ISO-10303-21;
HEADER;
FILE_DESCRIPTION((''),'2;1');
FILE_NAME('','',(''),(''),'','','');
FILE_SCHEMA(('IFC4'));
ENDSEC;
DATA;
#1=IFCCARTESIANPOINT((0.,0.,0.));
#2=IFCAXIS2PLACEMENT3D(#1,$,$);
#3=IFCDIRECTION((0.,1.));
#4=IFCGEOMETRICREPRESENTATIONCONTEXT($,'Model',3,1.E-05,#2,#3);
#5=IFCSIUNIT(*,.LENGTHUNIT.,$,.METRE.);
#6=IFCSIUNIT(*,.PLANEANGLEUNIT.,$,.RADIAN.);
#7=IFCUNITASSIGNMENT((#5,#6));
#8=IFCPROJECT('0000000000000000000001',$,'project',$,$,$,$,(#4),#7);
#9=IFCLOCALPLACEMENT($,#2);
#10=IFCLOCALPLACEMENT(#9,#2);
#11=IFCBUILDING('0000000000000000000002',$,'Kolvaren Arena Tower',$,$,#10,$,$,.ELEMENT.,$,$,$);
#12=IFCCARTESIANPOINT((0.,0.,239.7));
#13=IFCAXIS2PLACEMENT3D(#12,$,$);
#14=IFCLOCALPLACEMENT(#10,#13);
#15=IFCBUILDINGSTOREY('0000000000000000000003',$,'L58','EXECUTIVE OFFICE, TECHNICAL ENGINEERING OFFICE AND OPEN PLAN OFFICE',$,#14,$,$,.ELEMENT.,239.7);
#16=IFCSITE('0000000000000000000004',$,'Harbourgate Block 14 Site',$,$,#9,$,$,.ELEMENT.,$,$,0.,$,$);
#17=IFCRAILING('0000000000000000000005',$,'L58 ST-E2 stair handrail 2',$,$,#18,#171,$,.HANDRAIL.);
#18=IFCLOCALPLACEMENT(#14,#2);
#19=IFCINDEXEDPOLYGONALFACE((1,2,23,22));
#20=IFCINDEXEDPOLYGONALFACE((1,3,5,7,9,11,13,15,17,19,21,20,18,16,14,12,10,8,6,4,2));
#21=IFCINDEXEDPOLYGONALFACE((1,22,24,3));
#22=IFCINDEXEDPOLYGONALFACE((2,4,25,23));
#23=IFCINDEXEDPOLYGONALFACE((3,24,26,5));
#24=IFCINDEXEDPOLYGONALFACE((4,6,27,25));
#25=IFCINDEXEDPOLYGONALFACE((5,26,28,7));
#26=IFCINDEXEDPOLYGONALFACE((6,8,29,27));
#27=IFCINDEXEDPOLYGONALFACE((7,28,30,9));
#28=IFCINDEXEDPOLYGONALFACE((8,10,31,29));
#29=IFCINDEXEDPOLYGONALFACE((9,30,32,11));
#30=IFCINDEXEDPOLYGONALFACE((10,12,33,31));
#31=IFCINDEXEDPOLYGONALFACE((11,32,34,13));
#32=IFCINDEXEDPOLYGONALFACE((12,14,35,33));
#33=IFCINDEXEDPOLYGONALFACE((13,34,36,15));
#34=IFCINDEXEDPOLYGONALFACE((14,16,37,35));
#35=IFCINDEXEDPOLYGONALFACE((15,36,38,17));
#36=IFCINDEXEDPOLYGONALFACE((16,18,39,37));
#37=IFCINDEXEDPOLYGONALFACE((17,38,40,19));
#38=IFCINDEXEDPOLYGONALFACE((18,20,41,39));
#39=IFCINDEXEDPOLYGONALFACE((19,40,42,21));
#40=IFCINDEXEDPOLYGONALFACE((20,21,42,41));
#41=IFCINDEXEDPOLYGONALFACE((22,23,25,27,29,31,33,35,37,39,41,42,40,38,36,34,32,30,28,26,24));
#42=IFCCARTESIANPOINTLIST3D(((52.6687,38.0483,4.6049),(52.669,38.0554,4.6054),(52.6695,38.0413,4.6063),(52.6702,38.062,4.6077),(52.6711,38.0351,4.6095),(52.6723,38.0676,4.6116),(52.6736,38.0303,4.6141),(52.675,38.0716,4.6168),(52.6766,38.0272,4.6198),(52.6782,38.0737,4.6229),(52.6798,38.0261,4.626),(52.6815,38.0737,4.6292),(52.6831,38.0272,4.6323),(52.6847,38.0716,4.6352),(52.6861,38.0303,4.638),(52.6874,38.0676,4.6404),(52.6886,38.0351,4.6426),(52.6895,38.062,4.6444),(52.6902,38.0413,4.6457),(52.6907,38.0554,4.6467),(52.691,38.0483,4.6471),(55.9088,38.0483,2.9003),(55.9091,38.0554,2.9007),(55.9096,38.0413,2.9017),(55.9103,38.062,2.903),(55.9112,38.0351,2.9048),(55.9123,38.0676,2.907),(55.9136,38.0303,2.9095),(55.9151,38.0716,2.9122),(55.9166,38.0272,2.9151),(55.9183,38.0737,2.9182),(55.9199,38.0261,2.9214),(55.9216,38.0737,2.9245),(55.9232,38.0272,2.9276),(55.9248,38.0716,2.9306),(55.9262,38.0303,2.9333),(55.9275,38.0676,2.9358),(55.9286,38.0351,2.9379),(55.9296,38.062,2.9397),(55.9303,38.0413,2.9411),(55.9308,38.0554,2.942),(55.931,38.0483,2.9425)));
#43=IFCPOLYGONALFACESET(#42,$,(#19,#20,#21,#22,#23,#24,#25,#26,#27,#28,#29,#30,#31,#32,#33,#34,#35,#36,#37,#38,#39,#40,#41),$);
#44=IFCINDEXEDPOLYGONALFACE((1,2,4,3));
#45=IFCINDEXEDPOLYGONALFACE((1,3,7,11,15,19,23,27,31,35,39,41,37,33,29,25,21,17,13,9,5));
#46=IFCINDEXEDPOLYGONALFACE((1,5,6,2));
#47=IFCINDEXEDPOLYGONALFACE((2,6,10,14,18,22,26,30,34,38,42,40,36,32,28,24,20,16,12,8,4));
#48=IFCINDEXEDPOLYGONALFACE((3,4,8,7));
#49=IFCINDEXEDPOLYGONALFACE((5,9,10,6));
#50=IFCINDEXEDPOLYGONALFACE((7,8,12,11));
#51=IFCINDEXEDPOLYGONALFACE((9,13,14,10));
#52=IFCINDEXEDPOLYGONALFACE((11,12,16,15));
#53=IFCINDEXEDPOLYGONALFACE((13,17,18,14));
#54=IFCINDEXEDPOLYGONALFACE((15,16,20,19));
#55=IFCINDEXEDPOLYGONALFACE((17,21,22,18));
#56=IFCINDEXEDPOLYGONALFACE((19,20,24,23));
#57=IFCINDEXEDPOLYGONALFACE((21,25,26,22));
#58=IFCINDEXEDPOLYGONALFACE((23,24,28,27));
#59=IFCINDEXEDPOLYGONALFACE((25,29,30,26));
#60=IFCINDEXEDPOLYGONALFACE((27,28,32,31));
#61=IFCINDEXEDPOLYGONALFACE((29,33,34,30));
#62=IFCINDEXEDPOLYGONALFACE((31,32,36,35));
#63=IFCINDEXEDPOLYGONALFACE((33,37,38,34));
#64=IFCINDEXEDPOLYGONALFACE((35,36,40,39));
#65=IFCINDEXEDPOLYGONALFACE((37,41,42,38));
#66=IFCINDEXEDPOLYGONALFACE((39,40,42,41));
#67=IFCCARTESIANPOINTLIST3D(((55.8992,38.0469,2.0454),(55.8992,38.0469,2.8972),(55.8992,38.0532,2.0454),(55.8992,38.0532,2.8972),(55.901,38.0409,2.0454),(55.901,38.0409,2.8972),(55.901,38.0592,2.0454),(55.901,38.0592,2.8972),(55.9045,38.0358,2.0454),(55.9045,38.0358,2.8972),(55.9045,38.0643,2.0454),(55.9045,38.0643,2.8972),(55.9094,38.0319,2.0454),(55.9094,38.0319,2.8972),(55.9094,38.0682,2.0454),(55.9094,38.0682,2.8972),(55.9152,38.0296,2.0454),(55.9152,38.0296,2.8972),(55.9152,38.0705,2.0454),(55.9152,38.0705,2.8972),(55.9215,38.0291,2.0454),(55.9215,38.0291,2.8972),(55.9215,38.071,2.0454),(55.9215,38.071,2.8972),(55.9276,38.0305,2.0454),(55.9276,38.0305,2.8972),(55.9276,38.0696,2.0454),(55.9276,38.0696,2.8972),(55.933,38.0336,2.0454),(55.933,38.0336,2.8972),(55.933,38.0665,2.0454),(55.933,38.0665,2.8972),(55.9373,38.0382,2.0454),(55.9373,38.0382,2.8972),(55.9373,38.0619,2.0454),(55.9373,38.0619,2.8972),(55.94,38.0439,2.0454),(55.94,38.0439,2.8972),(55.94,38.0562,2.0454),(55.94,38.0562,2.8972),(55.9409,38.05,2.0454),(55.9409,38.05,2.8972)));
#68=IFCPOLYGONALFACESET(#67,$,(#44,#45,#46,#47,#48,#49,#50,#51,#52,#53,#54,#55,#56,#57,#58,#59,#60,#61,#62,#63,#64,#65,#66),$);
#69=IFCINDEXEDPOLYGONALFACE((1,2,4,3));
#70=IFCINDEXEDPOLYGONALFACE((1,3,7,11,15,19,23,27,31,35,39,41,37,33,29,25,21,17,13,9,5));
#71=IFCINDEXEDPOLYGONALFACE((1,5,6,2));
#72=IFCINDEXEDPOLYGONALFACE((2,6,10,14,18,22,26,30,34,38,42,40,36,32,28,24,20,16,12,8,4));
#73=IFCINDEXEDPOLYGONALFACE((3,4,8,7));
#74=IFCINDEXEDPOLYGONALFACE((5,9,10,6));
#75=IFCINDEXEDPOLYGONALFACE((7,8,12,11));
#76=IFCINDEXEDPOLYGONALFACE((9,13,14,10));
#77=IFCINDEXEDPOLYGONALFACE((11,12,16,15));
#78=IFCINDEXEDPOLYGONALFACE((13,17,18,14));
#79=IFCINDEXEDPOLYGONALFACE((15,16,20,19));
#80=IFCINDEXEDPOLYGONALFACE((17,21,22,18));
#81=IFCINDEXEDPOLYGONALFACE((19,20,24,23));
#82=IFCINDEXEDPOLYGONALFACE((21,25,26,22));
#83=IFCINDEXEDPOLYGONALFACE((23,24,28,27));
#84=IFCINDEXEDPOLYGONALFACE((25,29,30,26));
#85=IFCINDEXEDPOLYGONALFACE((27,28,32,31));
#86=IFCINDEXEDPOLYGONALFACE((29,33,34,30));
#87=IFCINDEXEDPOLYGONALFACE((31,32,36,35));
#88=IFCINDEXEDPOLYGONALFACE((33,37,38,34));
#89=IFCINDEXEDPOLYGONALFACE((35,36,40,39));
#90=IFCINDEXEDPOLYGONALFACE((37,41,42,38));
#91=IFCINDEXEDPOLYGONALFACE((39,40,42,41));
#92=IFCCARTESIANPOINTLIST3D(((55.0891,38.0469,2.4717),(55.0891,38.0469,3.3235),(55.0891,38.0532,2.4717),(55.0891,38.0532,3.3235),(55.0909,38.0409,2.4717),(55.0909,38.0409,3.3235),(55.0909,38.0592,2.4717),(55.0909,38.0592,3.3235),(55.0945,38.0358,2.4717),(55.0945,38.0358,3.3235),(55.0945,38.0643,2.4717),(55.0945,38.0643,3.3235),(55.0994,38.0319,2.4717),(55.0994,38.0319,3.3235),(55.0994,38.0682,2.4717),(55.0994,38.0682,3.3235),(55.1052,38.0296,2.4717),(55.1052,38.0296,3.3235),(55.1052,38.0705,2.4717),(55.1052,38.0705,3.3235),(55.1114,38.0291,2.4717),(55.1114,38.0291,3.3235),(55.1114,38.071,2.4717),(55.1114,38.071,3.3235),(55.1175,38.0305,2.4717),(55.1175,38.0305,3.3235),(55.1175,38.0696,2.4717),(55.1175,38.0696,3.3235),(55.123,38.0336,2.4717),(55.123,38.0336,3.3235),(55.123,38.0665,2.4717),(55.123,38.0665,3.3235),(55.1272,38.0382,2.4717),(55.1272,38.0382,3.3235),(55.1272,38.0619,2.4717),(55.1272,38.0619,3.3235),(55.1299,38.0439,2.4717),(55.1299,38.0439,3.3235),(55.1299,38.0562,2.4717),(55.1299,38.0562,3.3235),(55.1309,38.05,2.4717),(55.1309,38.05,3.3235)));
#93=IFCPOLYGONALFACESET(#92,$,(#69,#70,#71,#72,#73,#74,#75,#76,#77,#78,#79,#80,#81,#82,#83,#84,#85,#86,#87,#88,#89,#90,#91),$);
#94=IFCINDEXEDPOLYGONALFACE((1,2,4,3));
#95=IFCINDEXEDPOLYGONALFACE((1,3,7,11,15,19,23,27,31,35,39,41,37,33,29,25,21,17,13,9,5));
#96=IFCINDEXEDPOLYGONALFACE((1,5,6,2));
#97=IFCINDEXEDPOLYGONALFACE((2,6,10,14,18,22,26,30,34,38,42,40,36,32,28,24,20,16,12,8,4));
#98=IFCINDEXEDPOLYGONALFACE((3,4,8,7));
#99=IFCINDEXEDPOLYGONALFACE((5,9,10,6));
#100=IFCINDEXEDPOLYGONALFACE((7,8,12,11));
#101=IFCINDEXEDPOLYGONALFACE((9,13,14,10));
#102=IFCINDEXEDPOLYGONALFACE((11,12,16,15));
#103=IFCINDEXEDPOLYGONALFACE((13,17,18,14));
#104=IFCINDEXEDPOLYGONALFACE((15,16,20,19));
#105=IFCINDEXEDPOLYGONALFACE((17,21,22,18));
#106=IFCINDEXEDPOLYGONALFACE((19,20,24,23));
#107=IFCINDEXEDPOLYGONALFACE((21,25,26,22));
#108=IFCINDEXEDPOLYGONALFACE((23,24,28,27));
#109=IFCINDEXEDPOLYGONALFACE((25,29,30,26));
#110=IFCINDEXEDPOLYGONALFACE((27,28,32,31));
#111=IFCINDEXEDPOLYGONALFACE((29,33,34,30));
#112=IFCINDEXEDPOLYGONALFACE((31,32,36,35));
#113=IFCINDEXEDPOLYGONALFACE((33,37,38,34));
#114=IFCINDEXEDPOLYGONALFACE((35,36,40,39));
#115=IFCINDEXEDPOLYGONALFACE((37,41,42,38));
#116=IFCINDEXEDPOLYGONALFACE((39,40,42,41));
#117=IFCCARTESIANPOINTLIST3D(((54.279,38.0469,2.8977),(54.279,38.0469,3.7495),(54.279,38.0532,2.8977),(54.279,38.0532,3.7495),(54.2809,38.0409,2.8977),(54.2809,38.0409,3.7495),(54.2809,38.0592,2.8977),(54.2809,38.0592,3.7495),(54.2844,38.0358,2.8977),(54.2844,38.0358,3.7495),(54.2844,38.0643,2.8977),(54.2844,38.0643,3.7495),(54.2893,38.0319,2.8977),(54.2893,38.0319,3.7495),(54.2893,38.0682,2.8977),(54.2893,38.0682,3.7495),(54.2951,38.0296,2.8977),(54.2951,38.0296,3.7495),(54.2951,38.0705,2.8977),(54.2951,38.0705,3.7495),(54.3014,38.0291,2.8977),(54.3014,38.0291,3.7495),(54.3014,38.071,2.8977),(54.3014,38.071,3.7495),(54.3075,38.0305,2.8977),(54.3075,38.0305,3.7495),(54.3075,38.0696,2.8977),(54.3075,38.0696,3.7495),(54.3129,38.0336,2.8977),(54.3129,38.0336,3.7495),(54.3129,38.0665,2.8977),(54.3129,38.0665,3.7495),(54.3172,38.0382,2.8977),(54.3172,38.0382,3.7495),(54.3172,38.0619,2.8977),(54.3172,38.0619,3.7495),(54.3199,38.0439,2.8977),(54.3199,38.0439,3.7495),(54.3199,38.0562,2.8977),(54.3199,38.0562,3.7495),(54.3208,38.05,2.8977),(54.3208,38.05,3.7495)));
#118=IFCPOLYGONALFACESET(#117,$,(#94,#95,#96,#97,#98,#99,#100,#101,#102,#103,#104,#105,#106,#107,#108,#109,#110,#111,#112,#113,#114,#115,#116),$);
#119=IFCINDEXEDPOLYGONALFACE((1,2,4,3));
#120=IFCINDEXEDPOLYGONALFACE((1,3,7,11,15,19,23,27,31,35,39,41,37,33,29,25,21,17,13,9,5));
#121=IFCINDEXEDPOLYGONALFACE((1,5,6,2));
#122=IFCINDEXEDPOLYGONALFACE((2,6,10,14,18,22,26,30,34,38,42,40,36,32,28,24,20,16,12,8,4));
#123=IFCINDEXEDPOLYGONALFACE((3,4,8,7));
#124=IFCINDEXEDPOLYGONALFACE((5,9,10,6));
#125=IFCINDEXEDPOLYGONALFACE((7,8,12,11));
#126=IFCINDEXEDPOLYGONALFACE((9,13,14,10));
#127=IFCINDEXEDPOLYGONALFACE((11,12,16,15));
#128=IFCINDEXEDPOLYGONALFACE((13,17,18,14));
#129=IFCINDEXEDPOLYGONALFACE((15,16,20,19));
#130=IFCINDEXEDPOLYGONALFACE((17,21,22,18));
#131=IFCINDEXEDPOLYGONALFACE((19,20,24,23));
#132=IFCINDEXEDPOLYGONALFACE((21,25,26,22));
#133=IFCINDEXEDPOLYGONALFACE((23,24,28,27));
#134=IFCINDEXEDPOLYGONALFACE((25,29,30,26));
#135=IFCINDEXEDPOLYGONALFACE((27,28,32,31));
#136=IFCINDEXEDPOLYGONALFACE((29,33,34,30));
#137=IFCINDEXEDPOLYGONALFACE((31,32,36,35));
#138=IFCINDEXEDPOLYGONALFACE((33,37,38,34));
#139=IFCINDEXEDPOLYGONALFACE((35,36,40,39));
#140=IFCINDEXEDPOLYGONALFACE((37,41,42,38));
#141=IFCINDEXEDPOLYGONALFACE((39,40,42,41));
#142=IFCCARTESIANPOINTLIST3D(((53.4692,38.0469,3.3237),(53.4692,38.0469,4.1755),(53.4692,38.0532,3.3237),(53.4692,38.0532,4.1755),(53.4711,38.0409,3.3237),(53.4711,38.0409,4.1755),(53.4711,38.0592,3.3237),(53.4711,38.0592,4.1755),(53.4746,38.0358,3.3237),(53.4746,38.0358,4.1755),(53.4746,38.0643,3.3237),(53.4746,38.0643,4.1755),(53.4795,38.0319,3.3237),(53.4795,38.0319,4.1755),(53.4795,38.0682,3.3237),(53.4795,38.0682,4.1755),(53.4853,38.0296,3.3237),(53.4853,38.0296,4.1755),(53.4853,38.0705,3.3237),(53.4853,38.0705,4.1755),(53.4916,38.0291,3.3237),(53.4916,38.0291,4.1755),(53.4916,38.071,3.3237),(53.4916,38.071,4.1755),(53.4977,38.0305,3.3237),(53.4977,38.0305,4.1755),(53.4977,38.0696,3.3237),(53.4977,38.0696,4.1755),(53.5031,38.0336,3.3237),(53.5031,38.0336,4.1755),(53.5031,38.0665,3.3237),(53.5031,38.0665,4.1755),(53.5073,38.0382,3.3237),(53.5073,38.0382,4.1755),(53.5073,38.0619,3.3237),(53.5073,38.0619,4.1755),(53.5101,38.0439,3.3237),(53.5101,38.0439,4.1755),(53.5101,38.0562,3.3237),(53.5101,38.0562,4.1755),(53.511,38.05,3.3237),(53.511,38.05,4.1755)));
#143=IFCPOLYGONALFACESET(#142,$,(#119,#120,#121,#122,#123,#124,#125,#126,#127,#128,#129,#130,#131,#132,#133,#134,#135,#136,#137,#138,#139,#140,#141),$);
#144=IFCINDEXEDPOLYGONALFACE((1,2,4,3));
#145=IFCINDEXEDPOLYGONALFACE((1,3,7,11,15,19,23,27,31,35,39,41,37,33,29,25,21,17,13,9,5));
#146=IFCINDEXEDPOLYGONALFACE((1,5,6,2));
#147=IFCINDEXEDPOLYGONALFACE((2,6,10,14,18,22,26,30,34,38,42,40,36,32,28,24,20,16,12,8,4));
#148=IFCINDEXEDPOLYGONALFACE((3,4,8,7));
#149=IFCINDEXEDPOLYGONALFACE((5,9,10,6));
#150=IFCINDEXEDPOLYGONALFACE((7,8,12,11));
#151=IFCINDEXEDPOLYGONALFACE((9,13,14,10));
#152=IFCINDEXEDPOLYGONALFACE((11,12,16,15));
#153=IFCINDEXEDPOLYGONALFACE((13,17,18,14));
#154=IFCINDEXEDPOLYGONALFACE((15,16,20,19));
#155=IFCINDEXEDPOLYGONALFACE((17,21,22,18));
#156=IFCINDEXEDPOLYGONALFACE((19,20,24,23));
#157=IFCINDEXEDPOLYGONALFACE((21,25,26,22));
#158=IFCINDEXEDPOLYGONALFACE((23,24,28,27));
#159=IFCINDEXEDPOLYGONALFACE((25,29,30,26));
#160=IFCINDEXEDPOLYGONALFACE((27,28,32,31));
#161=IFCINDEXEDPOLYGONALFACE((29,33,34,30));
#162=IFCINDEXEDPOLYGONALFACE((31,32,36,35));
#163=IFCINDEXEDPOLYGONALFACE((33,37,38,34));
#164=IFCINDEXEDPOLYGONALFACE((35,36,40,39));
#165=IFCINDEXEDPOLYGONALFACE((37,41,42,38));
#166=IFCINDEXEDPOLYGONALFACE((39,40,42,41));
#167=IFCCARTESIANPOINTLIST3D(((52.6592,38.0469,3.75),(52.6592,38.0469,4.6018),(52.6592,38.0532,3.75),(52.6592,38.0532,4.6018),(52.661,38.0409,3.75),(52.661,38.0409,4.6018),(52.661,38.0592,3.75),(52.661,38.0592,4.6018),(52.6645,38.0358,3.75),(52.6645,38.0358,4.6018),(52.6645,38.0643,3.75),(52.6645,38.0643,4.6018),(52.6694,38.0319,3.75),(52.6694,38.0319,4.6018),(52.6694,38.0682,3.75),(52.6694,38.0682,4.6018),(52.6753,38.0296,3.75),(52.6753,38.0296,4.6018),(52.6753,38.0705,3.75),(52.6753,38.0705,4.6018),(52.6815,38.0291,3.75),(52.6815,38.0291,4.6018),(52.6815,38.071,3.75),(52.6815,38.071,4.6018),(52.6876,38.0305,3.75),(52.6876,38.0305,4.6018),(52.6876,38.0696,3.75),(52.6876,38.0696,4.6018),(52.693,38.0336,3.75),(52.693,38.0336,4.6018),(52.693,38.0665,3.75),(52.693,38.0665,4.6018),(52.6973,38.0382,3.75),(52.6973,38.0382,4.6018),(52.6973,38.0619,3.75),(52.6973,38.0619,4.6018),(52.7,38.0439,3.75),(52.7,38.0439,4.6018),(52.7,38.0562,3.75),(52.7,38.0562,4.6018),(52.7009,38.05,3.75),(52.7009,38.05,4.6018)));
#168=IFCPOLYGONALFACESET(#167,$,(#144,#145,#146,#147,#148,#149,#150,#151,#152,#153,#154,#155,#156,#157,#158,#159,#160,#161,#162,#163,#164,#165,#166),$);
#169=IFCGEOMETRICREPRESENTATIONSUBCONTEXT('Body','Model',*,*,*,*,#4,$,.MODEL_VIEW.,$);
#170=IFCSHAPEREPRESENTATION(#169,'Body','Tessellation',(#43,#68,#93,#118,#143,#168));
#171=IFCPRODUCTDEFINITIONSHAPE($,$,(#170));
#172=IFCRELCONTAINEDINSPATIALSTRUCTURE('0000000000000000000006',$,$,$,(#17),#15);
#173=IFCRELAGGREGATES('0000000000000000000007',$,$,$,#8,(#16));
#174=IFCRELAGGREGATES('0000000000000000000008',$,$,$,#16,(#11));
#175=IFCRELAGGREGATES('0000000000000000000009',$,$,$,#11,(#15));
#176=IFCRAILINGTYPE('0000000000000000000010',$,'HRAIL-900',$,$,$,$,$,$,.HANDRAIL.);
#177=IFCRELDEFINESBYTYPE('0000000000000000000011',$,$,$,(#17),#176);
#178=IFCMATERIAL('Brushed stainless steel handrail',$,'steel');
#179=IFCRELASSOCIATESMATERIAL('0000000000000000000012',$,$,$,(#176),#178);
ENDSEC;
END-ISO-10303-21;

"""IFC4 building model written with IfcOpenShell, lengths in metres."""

from ifc_helpers import new_model, si_unit, direction, frame, origin, origin_2d, place, context, subcontext, project, spatial, circle, extrude, material, type_object, element, save


model = new_model("IFC4")

# Units and contexts
model_context = context("Model", 3, precision=1e-05, world=origin(), true_north=direction((0.0, 1.0)))
body_context = subcontext(model_context, "Body", "Model", "MODEL_VIEW")
ifc_project = project(units=[si_unit("LENGTHUNIT", "METRE"), si_unit("PLANEANGLEUNIT", "RADIAN")], contexts=[model_context])

# Site, building, storey
site_placement = place(None, origin())
site = spatial("IfcSite", under=ifc_project, at=site_placement, Name="Harbourgate Block 14 Site", CompositionType="ELEMENT", RefElevation=0.0)
building_placement = place(site_placement, origin())
building = spatial("IfcBuilding", under=site, at=building_placement, Name="Kolvaren Arena Tower", CompositionType="ELEMENT")
storey_placement = place(building_placement, frame((0.0, 0.0, 239.7)))
storey = spatial("IfcBuildingStorey", under=building, at=storey_placement, Name="L58", Description="EXECUTIVE OFFICE, TECHNICAL ENGINEERING OFFICE AND OPEN PLAN OFFICE", CompositionType="ELEMENT", Elevation=239.7)

# Railing
ifc_material_1 = material(Name="Brushed stainless steel handrail", Category="steel")
railing_type_1 = type_object("IfcRailingType", Name="HRAIL-900", PredefinedType="HANDRAIL", material=ifc_material_1)
for number, where, name in (
    (1, (55.9199, 38.05, 2.0454), "L58 ST-E2 stair handrail 2"),
):
    element("IfcRailing", number, at=place(storey_placement, frame(where)), inside=storey, type_object=railing_type_1, Name=name, PredefinedType="HANDRAIL", context=body_context, shape_type="SweptSolid", body=[
        extrude(circle(Radius=0.0239, at=origin_2d()), frame((0.0, 0.0, 0.876), z_axis=(-0.884993, 0.0, 0.465604), x_axis=(0.0, -1.0, 0.0)), (0.0, 0.0, 1.0), 3.6611),
        extrude(circle(Radius=0.021, at=origin_2d()), origin(), (0.0, 0.0, 1.0), 0.8518),
        extrude(circle(Radius=0.021, at=origin_2d()), frame((-0.8101, 0.0, 0.4263)), (0.0, 0.0, 1.0), 0.8518),
        extrude(circle(Radius=0.021, at=origin_2d()), frame((-1.6201, 0.0, 0.8523)), (0.0, 0.0, 1.0), 0.8518),
        extrude(circle(Radius=0.021, at=origin_2d()), frame((-2.4299, 0.0, 1.2783)), (0.0, 0.0, 1.0), 0.8518),
        extrude(circle(Radius=0.021, at=origin_2d()), frame((-3.24, 0.0, 1.7046)), (0.0, 0.0, 1.0), 0.8518),
    ])

save(model, "model.ifc")
